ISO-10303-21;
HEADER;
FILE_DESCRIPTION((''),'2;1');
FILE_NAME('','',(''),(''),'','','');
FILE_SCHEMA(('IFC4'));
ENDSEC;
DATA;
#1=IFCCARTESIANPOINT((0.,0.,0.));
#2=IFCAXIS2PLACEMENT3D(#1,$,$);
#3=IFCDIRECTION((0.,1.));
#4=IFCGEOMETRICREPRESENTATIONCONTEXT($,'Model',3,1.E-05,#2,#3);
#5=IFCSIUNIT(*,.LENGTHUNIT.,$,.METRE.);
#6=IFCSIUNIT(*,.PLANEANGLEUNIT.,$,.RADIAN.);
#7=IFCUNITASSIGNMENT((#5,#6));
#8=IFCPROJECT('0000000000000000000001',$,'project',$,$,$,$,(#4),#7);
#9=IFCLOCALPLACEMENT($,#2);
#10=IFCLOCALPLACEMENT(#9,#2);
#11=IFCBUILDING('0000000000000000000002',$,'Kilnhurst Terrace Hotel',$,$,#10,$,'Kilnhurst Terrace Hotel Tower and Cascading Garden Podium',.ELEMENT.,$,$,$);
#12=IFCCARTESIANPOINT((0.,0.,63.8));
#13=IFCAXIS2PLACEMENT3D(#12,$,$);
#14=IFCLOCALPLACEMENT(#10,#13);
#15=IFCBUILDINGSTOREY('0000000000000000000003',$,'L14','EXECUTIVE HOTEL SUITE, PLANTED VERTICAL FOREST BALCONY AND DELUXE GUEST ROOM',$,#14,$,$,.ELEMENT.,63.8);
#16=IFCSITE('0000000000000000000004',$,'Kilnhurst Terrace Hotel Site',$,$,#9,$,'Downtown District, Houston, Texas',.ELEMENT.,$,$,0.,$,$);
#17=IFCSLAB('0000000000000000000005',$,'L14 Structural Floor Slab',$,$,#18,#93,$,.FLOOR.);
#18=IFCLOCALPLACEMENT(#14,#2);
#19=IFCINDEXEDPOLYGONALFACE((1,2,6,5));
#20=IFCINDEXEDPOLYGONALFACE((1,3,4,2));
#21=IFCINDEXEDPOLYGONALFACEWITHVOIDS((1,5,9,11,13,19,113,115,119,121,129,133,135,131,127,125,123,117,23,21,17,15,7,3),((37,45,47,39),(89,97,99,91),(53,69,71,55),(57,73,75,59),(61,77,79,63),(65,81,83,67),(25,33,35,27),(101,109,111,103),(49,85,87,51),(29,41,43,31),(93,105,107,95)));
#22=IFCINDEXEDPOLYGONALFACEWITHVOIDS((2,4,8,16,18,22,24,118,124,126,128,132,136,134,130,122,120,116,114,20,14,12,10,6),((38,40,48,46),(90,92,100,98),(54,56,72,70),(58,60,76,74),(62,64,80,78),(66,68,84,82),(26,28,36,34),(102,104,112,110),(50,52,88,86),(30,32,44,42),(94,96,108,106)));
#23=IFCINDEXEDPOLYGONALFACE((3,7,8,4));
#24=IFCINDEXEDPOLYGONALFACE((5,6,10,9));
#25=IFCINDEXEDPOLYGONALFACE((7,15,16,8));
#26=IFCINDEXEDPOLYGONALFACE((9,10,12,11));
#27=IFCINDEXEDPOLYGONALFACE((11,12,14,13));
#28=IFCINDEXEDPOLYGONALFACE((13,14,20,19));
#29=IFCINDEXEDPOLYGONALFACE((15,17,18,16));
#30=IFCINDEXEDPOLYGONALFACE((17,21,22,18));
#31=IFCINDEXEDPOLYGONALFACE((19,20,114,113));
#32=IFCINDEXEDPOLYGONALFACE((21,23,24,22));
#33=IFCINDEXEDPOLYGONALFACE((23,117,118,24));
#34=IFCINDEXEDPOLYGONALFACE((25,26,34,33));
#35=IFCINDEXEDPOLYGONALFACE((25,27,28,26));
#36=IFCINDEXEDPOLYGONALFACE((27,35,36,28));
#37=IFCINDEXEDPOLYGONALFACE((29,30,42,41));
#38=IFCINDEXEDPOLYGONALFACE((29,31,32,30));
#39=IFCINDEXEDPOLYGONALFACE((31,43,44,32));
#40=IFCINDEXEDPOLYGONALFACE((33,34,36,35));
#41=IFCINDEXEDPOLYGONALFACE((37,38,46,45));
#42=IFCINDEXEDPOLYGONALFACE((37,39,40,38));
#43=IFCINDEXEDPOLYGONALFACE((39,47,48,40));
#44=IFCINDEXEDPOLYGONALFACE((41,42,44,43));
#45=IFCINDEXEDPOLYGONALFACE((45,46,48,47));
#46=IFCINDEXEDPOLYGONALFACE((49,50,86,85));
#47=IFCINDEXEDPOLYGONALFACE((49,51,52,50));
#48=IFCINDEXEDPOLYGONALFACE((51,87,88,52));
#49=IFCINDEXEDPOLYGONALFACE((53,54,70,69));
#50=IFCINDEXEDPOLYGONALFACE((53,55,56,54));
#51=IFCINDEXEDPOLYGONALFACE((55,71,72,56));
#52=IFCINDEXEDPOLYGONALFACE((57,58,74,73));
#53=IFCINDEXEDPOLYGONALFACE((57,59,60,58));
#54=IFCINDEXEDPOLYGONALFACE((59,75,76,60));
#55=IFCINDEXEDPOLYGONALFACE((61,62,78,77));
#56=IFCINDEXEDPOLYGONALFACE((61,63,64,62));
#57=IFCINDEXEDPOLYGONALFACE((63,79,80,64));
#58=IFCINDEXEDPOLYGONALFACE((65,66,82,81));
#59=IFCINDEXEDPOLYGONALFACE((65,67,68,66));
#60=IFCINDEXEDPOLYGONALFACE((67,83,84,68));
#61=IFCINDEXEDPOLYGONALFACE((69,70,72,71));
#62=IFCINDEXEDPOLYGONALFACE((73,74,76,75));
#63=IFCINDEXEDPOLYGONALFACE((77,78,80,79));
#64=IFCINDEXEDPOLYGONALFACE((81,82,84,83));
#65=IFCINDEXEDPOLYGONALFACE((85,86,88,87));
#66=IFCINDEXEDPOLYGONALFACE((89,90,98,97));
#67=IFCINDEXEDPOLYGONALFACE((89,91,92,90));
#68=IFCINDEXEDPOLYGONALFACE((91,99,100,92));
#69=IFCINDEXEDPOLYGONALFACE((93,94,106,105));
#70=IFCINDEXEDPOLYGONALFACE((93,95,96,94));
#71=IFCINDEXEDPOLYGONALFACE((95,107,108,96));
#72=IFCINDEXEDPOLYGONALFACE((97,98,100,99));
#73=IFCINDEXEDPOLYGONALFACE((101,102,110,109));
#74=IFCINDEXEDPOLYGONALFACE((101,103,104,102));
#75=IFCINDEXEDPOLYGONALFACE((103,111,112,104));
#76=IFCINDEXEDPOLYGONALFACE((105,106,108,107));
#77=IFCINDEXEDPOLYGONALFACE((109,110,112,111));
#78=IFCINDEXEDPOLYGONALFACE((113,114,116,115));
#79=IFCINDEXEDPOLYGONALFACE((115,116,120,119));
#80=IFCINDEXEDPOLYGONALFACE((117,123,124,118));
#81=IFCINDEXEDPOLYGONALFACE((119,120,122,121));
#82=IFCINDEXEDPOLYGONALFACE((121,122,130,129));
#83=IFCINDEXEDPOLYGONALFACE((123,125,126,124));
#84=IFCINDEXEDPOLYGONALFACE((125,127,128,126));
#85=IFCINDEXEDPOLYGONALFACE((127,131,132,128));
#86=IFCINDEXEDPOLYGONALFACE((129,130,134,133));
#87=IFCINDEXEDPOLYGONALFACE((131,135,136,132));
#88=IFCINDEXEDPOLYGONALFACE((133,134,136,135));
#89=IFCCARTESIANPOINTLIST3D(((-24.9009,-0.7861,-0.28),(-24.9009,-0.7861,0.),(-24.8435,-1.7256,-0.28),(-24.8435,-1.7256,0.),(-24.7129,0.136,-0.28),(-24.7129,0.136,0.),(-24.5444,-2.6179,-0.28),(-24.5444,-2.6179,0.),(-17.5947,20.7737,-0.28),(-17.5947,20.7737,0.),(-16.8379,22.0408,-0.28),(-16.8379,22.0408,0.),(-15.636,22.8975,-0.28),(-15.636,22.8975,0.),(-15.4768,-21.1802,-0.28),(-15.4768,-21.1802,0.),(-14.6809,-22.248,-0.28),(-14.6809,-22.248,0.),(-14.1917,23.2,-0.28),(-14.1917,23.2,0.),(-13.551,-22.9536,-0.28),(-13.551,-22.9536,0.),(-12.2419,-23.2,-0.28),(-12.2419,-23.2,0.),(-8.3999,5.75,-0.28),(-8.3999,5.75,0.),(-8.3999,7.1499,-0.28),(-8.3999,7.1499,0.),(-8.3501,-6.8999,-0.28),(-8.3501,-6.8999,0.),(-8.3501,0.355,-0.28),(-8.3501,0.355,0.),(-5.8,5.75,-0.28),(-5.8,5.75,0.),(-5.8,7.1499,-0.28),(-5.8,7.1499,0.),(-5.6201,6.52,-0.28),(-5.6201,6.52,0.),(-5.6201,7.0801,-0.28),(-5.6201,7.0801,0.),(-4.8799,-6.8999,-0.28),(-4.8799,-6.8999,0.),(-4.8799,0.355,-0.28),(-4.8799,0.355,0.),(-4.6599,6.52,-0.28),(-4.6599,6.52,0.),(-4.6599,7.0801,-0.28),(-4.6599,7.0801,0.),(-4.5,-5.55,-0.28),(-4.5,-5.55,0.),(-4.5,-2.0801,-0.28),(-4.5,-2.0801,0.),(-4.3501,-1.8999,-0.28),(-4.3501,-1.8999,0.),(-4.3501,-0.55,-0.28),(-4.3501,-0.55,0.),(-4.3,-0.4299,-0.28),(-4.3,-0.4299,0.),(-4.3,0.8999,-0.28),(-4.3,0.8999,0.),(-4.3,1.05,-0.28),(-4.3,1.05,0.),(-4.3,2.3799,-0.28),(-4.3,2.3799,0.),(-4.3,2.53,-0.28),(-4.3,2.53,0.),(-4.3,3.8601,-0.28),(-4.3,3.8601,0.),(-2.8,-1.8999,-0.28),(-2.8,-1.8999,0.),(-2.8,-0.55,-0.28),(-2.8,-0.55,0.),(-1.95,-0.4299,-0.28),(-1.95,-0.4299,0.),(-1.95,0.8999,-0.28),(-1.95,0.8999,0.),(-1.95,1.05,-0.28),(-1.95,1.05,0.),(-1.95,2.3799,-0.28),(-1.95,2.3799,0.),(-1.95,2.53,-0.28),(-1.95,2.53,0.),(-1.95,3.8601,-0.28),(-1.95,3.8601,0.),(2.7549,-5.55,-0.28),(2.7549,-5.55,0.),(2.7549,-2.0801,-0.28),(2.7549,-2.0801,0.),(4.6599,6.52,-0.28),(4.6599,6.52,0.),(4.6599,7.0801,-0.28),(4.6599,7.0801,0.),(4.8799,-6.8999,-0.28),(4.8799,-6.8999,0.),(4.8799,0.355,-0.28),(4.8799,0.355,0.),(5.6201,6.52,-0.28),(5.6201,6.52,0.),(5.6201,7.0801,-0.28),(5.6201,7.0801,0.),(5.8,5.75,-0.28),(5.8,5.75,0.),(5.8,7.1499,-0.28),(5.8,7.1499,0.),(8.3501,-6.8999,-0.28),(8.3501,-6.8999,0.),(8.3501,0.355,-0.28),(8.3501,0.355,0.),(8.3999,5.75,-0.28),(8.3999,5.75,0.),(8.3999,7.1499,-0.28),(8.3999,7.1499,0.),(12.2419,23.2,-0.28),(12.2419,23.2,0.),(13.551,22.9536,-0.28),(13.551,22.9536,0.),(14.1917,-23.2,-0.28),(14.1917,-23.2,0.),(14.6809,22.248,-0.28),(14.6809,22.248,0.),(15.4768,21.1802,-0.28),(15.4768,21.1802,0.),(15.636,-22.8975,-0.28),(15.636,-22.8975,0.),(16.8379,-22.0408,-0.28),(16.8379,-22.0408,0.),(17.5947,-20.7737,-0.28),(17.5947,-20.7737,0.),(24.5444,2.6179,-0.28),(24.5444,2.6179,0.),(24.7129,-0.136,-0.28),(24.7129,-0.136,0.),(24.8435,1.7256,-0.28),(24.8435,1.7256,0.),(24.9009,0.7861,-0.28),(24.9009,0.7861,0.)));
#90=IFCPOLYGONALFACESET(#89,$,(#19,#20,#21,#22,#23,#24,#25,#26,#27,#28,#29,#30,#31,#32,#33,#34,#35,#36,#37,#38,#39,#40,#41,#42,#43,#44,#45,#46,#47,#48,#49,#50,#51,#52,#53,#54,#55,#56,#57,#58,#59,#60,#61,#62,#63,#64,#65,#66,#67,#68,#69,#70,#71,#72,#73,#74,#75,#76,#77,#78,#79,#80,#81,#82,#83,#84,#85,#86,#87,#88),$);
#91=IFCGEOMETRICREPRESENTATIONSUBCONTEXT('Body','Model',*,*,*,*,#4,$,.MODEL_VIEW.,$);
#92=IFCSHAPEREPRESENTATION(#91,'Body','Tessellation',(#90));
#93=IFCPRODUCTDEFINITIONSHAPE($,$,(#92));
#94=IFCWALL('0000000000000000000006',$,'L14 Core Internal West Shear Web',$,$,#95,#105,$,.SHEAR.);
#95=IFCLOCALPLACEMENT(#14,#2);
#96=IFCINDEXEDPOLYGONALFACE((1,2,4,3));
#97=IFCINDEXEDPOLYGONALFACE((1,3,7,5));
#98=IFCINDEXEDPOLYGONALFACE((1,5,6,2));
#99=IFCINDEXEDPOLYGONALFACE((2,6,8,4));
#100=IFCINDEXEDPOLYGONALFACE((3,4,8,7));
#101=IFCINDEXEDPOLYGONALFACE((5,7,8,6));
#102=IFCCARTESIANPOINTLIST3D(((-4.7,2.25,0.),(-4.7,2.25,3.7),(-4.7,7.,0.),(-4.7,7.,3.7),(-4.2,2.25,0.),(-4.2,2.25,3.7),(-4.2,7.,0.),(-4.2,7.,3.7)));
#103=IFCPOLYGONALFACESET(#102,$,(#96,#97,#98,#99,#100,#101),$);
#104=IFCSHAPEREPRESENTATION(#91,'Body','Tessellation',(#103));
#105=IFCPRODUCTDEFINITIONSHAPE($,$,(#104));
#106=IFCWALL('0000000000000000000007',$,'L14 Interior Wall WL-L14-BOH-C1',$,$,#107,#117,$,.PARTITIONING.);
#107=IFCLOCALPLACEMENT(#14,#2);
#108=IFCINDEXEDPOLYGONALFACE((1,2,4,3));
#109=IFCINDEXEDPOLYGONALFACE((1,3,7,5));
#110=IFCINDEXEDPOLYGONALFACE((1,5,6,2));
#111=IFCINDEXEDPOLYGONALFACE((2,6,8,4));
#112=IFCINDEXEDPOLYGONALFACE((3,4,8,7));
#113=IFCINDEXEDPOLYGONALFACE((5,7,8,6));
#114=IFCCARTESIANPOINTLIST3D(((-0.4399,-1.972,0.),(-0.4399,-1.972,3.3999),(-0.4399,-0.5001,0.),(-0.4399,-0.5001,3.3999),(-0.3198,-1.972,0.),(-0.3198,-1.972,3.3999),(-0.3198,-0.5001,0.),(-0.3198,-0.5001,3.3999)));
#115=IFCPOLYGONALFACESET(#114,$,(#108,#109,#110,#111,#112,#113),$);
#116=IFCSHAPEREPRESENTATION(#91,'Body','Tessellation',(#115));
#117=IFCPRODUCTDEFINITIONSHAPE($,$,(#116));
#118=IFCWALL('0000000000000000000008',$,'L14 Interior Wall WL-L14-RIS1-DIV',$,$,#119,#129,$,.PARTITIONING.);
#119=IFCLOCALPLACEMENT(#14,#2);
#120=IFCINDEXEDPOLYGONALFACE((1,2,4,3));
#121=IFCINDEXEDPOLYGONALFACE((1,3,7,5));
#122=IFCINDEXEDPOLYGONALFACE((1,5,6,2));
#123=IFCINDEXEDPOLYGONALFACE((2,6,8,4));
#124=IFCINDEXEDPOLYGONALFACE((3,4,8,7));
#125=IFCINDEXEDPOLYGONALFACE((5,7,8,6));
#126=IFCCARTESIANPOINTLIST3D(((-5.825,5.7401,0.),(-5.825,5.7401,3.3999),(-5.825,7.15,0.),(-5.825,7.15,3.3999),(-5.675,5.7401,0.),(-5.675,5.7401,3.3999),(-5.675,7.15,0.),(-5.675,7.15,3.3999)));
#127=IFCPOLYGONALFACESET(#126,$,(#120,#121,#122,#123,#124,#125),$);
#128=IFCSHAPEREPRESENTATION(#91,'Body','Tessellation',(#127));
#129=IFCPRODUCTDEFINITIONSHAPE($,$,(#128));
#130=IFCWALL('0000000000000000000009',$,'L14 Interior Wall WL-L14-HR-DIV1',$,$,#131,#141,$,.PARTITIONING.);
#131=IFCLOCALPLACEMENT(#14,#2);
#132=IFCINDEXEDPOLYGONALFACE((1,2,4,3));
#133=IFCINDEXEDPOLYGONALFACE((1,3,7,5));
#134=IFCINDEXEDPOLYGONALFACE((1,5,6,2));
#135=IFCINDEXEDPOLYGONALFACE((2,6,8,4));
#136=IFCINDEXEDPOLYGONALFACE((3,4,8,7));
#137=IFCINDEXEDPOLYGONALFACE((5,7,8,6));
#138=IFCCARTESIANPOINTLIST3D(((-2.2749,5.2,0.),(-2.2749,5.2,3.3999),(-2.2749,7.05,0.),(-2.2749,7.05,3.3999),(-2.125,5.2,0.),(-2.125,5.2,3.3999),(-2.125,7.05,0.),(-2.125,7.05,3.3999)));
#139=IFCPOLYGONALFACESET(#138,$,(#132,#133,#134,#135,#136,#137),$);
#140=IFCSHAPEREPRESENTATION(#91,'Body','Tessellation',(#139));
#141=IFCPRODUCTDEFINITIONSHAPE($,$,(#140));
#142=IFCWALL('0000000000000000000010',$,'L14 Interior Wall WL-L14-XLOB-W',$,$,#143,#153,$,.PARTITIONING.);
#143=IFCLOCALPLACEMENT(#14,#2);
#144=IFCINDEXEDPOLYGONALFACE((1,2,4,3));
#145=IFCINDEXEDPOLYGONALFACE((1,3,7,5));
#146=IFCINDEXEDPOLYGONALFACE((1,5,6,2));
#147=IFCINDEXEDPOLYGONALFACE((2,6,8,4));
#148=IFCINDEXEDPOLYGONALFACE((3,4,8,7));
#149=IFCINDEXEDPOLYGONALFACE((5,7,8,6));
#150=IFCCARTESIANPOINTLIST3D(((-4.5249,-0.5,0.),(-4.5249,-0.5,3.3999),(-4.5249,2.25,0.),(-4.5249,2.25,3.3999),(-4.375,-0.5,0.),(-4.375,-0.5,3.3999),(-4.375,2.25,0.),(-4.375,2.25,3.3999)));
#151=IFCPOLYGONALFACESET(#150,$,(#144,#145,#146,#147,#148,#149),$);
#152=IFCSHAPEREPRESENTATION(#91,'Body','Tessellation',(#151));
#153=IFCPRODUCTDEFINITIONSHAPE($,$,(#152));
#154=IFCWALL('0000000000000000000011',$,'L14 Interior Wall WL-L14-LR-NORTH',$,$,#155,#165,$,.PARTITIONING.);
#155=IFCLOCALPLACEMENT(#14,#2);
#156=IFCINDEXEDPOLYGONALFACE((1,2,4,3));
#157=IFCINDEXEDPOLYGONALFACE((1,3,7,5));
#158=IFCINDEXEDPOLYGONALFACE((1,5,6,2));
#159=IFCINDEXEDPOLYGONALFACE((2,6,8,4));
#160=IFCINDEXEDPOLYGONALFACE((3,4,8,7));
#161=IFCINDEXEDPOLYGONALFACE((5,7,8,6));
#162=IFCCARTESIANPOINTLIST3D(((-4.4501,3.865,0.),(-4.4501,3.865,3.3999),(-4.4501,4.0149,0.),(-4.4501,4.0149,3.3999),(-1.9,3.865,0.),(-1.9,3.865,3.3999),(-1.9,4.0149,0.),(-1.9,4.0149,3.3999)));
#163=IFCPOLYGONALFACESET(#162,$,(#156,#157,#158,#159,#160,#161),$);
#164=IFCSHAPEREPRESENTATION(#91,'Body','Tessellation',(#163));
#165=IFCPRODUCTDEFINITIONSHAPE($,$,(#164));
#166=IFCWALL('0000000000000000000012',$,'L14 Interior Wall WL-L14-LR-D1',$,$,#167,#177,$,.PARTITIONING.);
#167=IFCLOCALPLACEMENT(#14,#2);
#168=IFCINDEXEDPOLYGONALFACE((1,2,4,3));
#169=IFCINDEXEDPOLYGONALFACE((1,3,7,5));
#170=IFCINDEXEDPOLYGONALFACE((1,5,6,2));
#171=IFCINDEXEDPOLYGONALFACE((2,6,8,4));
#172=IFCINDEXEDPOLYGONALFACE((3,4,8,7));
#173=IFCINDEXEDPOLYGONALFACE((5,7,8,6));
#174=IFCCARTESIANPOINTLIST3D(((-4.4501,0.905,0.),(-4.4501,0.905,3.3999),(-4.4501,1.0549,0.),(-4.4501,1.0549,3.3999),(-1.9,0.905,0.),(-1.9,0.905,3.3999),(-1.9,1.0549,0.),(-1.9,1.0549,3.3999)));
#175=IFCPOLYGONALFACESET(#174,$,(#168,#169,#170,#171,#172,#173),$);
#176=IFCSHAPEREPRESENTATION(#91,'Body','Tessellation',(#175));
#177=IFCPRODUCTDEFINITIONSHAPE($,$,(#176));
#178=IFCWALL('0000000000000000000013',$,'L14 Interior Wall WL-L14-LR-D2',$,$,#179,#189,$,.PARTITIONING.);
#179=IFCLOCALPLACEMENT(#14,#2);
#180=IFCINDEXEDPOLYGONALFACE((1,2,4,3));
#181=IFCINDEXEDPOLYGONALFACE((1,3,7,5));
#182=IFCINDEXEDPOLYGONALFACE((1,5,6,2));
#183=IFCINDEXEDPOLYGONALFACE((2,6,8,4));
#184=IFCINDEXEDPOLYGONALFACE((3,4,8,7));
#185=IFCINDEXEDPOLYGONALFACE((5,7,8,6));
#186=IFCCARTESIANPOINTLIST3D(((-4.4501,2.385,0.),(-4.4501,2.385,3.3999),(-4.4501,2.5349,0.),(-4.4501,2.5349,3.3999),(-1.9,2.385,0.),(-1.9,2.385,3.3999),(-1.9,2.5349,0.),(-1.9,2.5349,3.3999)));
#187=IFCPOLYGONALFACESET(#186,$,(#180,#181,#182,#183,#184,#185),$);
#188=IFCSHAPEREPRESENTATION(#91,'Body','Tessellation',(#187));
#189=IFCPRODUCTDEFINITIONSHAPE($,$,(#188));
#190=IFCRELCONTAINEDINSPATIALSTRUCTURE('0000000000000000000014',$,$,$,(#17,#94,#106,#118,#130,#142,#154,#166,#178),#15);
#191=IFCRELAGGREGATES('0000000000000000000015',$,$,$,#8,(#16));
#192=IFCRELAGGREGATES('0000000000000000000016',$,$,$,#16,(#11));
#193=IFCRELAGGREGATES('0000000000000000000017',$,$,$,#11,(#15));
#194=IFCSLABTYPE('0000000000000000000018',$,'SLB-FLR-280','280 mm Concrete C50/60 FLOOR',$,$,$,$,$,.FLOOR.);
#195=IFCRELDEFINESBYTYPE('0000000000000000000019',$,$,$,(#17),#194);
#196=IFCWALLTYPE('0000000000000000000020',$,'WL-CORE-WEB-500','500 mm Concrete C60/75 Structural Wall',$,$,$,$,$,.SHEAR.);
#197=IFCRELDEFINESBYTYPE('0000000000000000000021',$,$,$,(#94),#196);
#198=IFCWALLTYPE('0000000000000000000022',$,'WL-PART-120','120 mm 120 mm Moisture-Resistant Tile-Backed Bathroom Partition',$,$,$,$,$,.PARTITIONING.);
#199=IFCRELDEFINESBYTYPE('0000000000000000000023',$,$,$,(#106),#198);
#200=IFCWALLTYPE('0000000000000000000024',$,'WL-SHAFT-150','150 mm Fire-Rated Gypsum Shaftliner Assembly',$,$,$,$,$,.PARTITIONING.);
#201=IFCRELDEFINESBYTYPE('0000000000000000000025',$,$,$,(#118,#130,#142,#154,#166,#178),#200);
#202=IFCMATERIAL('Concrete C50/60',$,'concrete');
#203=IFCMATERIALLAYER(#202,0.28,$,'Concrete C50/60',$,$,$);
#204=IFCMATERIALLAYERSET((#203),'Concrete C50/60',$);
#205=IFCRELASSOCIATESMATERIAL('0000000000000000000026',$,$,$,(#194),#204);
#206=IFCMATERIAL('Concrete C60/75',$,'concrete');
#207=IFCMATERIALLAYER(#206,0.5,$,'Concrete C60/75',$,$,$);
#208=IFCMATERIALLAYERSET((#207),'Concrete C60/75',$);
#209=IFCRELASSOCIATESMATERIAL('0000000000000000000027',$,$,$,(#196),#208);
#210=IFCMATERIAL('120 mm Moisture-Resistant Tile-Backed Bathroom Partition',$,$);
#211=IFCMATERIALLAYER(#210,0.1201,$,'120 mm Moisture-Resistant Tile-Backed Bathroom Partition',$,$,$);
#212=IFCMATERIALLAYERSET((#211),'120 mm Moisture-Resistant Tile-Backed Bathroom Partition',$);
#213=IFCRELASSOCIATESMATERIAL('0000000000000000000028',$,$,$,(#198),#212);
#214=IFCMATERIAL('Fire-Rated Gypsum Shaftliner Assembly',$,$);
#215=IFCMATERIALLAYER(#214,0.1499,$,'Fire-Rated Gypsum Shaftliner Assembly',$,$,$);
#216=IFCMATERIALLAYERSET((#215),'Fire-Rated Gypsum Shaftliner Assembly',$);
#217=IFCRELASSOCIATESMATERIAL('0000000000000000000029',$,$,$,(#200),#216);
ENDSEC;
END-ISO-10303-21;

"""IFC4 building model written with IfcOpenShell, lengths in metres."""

from ifc_helpers import new_model, si_unit, direction, frame, frame_2d, origin, place, context, subcontext, project, spatial, polyline, rectangle, outline, extrude, material, layer, layer_set, type_object, element, save


model = new_model("IFC4")

# Units and contexts
model_context = context("Model", 3, precision=1e-05, world=origin(), true_north=direction((0.0, 1.0)))
body_context = subcontext(model_context, "Body", "Model", "MODEL_VIEW")
ifc_project = project(units=[si_unit("LENGTHUNIT", "METRE"), si_unit("PLANEANGLEUNIT", "RADIAN")], contexts=[model_context])

# Site, building, storey
site_placement = place(None, origin())
site = spatial("IfcSite", under=ifc_project, at=site_placement, Name="Kilnhurst Terrace Hotel Site", LongName="Downtown District, Houston, Texas", CompositionType="ELEMENT", RefElevation=0.0)
building_placement = place(site_placement, origin())
building = spatial("IfcBuilding", under=site, at=building_placement, Name="Kilnhurst Terrace Hotel", LongName="Kilnhurst Terrace Hotel Tower and Cascading Garden Podium", CompositionType="ELEMENT")
storey_placement = place(building_placement, frame((0.0, 0.0, 63.8)))
storey = spatial("IfcBuildingStorey", under=building, at=storey_placement, Name="L14", Description="EXECUTIVE HOTEL SUITE, PLANTED VERTICAL FOREST BALCONY AND DELUXE GUEST ROOM", CompositionType="ELEMENT", Elevation=63.8)

# Slab
ifc_material_1 = material(Name="Concrete C50/60", Category="concrete")
ifc_layer_1 = layer(ifc_material_1, 0.28, Name="Concrete C50/60")
ifc_layer_set_1 = layer_set([ifc_layer_1], Name="Concrete C50/60")
slab_type = type_object("IfcSlabType", Name="SLB-FLR-280", Description="280 mm Concrete C50/60 FLOOR", PredefinedType="FLOOR", material=ifc_layer_set_1)
slab_placement = place(storey_placement, frame((0.0, 0.0, -0.28)))
element("IfcSlab", 1, at=slab_placement, inside=storey, type_object=slab_type, Name="L14 Structural Floor Slab", PredefinedType="FLOOR", context=body_context, shape_type="SweptSolid", body=[
    extrude(outline(polyline([(-15.4768, -21.1802), (-14.6809, -22.248), (-13.551, -22.9536), (-12.2419, -23.2), (14.1917, -23.2), (15.636, -22.8975), (16.8379, -22.0408), (17.5947, -20.7737), (24.7129, -0.136), (24.9009, 0.7861), (24.8435, 1.7256), (24.5444, 2.6179), (15.4768, 21.1802), (14.6809, 22.248), (13.551, 22.9536), (12.2419, 23.2), (-14.1917, 23.2), (-15.636, 22.8975), (-16.8379, 22.0408), (-17.5947, 20.7737), (-24.7129, 0.136), (-24.9009, -0.7861), (-24.8435, -1.7256), (-24.5444, -2.6179), (-15.4768, -21.1802)]), holes=[polyline([(-8.3501, 0.355), (-4.8799, 0.355), (-4.8799, -6.8999), (-8.3501, -6.8999), (-8.3501, 0.355)]), polyline([(-2.8, -1.8999), (-4.3501, -1.8999), (-4.3501, -0.55), (-2.8, -0.55), (-2.8, -1.8999)]), polyline([(-1.95, -0.4299), (-4.3, -0.4299), (-4.3, 0.8999), (-1.95, 0.8999), (-1.95, -0.4299)]), polyline([(-4.3, 1.05), (-4.3, 2.3799), (-1.95, 2.3799), (-1.95, 1.05), (-4.3, 1.05)]), polyline([(-8.3999, 5.75), (-8.3999, 7.1499), (-5.8, 7.1499), (-5.8, 5.75), (-8.3999, 5.75)]), polyline([(-4.6599, 6.52), (-5.6201, 6.52), (-5.6201, 7.0801), (-4.6599, 7.0801), (-4.6599, 6.52)]), polyline([(2.7549, -5.55), (-4.5, -5.55), (-4.5, -2.0801), (2.7549, -2.0801), (2.7549, -5.55)]), polyline([(8.3501, 0.355), (8.3501, -6.8999), (4.8799, -6.8999), (4.8799, 0.355), (8.3501, 0.355)]), polyline([(-1.95, 2.53), (-4.3, 2.53), (-4.3, 3.8601), (-1.95, 3.8601), (-1.95, 2.53)]), polyline([(5.8, 5.75), (5.8, 7.1499), (8.3999, 7.1499), (8.3999, 5.75), (5.8, 5.75)]), polyline([(4.6599, 6.52), (4.6599, 7.0801), (5.6201, 7.0801), (5.6201, 6.52), (4.6599, 6.52)])]), origin(), (0.0, 0.0, 1.0), 0.28),
])

# Walls
ifc_material_2 = material(Name="Concrete C60/75", Category="concrete")
ifc_layer_2 = layer(ifc_material_2, 0.5, Name="Concrete C60/75")
ifc_layer_set_2 = layer_set([ifc_layer_2], Name="Concrete C60/75")
wall_type_1 = type_object("IfcWallType", Name="WL-CORE-WEB-500", Description="500 mm Concrete C60/75 Structural Wall", PredefinedType="SHEAR", material=ifc_layer_set_2)
wall_1_placement = place(storey_placement, frame((-4.45, 2.25, 0.0), z_axis=(0.0, 0.0, 1.0), x_axis=(0.0, 1.0, 0.0)))
element("IfcWall", 2, at=wall_1_placement, inside=storey, type_object=wall_type_1, Name="L14 Core Internal West Shear Web", PredefinedType="SHEAR", context=body_context, shape_type="SweptSolid", body=[
    extrude(rectangle(XDim=4.75, YDim=0.5, at=frame_2d((2.375, 0.0))), origin(), (0.0, 0.0, 1.0), 3.7),
])
ifc_material_3 = material(Name="120 mm Moisture-Resistant Tile-Backed Bathroom Partition")
ifc_layer_3 = layer(ifc_material_3, 0.1201, Name="120 mm Moisture-Resistant Tile-Backed Bathroom Partition")
ifc_layer_set_3 = layer_set([ifc_layer_3], Name="120 mm Moisture-Resistant Tile-Backed Bathroom Partition")
wall_type_2 = type_object("IfcWallType", Name="WL-PART-120", Description="120 mm 120 mm Moisture-Resistant Tile-Backed Bathroom Partition", PredefinedType="PARTITIONING", material=ifc_layer_set_3)
wall_2_placement = place(storey_placement, frame((-0.3799, -1.9719, 0.0), z_axis=(0.0, 0.0, 1.0), x_axis=(0.0, 1.0, 0.0)))
element("IfcWall", 3, at=wall_2_placement, inside=storey, type_object=wall_type_2, Name="L14 Interior Wall WL-L14-BOH-C1", PredefinedType="PARTITIONING", context=body_context, shape_type="SweptSolid", body=[
    extrude(rectangle(XDim=1.4719, YDim=0.1201, at=frame_2d((0.7358, 0.0))), origin(), (0.0, 0.0, 1.0), 3.3999),
])
ifc_material_4 = material(Name="Fire-Rated Gypsum Shaftliner Assembly")
ifc_layer_4 = layer(ifc_material_4, 0.1499, Name="Fire-Rated Gypsum Shaftliner Assembly")
ifc_layer_set_4 = layer_set([ifc_layer_4], Name="Fire-Rated Gypsum Shaftliner Assembly")
wall_type_3 = type_object("IfcWallType", Name="WL-SHAFT-150", Description="150 mm Fire-Rated Gypsum Shaftliner Assembly", PredefinedType="PARTITIONING", material=ifc_layer_set_4)
wall_3_placement = place(storey_placement, frame((-5.75, 5.74, 0.0), z_axis=(0.0, 0.0, 1.0), x_axis=(0.0, 1.0, 0.0)))
element("IfcWall", 4, at=wall_3_placement, inside=storey, type_object=wall_type_3, Name="L14 Interior Wall WL-L14-RIS1-DIV", PredefinedType="PARTITIONING", context=body_context, shape_type="SweptSolid", body=[
    extrude(rectangle(XDim=1.4099, YDim=0.1499, at=frame_2d((0.7051, 0.0))), origin(), (0.0, 0.0, 1.0), 3.3999),
])
wall_4_placement = place(storey_placement, frame((-2.2, 5.2, 0.0), z_axis=(0.0, 0.0, 1.0), x_axis=(0.0, 1.0, 0.0)))
element("IfcWall", 5, at=wall_4_placement, inside=storey, type_object=wall_type_3, Name="L14 Interior Wall WL-L14-HR-DIV1", PredefinedType="PARTITIONING", context=body_context, shape_type="SweptSolid", body=[
    extrude(rectangle(XDim=1.8501, YDim=0.1499, at=frame_2d((0.925, 0.0))), origin(), (0.0, 0.0, 1.0), 3.3999),
])
wall_5_placement = place(storey_placement, frame((-4.45, -0.5, 0.0), z_axis=(0.0, 0.0, 1.0), x_axis=(0.0, 1.0, 0.0)))
element("IfcWall", 6, at=wall_5_placement, inside=storey, type_object=wall_type_3, Name="L14 Interior Wall WL-L14-XLOB-W", PredefinedType="PARTITIONING", context=body_context, shape_type="SweptSolid", body=[
    extrude(rectangle(XDim=2.75, YDim=0.1499, at=frame_2d((1.375, 0.0))), origin(), (0.0, 0.0, 1.0), 3.3999),
])
for number, where, z_axis, x_axis, name in (
    (7, (-4.45, 3.9399, 0.0), (0.0, 0.0, 1.0), (1.0, 0.0, 0.0), "L14 Interior Wall WL-L14-LR-NORTH"),
    (8, (-4.45, 0.98, 0.0), (0.0, 0.0, 1.0), (1.0, 0.0, 0.0), "L14 Interior Wall WL-L14-LR-D1"),
    (9, (-4.45, 2.46, 0.0), (0.0, 0.0, 1.0), (1.0, 0.0, 0.0), "L14 Interior Wall WL-L14-LR-D2"),
):
    element("IfcWall", number, at=place(storey_placement, frame(where, z_axis=z_axis, x_axis=x_axis)), inside=storey, type_object=wall_type_3, Name=name, PredefinedType="PARTITIONING", context=body_context, shape_type="SweptSolid", body=[
        extrude(rectangle(XDim=2.55, YDim=0.1499, at=frame_2d((1.2749, 0.0))), origin(), (0.0, 0.0, 1.0), 3.3999),
    ])

save(model, "model.ifc")
